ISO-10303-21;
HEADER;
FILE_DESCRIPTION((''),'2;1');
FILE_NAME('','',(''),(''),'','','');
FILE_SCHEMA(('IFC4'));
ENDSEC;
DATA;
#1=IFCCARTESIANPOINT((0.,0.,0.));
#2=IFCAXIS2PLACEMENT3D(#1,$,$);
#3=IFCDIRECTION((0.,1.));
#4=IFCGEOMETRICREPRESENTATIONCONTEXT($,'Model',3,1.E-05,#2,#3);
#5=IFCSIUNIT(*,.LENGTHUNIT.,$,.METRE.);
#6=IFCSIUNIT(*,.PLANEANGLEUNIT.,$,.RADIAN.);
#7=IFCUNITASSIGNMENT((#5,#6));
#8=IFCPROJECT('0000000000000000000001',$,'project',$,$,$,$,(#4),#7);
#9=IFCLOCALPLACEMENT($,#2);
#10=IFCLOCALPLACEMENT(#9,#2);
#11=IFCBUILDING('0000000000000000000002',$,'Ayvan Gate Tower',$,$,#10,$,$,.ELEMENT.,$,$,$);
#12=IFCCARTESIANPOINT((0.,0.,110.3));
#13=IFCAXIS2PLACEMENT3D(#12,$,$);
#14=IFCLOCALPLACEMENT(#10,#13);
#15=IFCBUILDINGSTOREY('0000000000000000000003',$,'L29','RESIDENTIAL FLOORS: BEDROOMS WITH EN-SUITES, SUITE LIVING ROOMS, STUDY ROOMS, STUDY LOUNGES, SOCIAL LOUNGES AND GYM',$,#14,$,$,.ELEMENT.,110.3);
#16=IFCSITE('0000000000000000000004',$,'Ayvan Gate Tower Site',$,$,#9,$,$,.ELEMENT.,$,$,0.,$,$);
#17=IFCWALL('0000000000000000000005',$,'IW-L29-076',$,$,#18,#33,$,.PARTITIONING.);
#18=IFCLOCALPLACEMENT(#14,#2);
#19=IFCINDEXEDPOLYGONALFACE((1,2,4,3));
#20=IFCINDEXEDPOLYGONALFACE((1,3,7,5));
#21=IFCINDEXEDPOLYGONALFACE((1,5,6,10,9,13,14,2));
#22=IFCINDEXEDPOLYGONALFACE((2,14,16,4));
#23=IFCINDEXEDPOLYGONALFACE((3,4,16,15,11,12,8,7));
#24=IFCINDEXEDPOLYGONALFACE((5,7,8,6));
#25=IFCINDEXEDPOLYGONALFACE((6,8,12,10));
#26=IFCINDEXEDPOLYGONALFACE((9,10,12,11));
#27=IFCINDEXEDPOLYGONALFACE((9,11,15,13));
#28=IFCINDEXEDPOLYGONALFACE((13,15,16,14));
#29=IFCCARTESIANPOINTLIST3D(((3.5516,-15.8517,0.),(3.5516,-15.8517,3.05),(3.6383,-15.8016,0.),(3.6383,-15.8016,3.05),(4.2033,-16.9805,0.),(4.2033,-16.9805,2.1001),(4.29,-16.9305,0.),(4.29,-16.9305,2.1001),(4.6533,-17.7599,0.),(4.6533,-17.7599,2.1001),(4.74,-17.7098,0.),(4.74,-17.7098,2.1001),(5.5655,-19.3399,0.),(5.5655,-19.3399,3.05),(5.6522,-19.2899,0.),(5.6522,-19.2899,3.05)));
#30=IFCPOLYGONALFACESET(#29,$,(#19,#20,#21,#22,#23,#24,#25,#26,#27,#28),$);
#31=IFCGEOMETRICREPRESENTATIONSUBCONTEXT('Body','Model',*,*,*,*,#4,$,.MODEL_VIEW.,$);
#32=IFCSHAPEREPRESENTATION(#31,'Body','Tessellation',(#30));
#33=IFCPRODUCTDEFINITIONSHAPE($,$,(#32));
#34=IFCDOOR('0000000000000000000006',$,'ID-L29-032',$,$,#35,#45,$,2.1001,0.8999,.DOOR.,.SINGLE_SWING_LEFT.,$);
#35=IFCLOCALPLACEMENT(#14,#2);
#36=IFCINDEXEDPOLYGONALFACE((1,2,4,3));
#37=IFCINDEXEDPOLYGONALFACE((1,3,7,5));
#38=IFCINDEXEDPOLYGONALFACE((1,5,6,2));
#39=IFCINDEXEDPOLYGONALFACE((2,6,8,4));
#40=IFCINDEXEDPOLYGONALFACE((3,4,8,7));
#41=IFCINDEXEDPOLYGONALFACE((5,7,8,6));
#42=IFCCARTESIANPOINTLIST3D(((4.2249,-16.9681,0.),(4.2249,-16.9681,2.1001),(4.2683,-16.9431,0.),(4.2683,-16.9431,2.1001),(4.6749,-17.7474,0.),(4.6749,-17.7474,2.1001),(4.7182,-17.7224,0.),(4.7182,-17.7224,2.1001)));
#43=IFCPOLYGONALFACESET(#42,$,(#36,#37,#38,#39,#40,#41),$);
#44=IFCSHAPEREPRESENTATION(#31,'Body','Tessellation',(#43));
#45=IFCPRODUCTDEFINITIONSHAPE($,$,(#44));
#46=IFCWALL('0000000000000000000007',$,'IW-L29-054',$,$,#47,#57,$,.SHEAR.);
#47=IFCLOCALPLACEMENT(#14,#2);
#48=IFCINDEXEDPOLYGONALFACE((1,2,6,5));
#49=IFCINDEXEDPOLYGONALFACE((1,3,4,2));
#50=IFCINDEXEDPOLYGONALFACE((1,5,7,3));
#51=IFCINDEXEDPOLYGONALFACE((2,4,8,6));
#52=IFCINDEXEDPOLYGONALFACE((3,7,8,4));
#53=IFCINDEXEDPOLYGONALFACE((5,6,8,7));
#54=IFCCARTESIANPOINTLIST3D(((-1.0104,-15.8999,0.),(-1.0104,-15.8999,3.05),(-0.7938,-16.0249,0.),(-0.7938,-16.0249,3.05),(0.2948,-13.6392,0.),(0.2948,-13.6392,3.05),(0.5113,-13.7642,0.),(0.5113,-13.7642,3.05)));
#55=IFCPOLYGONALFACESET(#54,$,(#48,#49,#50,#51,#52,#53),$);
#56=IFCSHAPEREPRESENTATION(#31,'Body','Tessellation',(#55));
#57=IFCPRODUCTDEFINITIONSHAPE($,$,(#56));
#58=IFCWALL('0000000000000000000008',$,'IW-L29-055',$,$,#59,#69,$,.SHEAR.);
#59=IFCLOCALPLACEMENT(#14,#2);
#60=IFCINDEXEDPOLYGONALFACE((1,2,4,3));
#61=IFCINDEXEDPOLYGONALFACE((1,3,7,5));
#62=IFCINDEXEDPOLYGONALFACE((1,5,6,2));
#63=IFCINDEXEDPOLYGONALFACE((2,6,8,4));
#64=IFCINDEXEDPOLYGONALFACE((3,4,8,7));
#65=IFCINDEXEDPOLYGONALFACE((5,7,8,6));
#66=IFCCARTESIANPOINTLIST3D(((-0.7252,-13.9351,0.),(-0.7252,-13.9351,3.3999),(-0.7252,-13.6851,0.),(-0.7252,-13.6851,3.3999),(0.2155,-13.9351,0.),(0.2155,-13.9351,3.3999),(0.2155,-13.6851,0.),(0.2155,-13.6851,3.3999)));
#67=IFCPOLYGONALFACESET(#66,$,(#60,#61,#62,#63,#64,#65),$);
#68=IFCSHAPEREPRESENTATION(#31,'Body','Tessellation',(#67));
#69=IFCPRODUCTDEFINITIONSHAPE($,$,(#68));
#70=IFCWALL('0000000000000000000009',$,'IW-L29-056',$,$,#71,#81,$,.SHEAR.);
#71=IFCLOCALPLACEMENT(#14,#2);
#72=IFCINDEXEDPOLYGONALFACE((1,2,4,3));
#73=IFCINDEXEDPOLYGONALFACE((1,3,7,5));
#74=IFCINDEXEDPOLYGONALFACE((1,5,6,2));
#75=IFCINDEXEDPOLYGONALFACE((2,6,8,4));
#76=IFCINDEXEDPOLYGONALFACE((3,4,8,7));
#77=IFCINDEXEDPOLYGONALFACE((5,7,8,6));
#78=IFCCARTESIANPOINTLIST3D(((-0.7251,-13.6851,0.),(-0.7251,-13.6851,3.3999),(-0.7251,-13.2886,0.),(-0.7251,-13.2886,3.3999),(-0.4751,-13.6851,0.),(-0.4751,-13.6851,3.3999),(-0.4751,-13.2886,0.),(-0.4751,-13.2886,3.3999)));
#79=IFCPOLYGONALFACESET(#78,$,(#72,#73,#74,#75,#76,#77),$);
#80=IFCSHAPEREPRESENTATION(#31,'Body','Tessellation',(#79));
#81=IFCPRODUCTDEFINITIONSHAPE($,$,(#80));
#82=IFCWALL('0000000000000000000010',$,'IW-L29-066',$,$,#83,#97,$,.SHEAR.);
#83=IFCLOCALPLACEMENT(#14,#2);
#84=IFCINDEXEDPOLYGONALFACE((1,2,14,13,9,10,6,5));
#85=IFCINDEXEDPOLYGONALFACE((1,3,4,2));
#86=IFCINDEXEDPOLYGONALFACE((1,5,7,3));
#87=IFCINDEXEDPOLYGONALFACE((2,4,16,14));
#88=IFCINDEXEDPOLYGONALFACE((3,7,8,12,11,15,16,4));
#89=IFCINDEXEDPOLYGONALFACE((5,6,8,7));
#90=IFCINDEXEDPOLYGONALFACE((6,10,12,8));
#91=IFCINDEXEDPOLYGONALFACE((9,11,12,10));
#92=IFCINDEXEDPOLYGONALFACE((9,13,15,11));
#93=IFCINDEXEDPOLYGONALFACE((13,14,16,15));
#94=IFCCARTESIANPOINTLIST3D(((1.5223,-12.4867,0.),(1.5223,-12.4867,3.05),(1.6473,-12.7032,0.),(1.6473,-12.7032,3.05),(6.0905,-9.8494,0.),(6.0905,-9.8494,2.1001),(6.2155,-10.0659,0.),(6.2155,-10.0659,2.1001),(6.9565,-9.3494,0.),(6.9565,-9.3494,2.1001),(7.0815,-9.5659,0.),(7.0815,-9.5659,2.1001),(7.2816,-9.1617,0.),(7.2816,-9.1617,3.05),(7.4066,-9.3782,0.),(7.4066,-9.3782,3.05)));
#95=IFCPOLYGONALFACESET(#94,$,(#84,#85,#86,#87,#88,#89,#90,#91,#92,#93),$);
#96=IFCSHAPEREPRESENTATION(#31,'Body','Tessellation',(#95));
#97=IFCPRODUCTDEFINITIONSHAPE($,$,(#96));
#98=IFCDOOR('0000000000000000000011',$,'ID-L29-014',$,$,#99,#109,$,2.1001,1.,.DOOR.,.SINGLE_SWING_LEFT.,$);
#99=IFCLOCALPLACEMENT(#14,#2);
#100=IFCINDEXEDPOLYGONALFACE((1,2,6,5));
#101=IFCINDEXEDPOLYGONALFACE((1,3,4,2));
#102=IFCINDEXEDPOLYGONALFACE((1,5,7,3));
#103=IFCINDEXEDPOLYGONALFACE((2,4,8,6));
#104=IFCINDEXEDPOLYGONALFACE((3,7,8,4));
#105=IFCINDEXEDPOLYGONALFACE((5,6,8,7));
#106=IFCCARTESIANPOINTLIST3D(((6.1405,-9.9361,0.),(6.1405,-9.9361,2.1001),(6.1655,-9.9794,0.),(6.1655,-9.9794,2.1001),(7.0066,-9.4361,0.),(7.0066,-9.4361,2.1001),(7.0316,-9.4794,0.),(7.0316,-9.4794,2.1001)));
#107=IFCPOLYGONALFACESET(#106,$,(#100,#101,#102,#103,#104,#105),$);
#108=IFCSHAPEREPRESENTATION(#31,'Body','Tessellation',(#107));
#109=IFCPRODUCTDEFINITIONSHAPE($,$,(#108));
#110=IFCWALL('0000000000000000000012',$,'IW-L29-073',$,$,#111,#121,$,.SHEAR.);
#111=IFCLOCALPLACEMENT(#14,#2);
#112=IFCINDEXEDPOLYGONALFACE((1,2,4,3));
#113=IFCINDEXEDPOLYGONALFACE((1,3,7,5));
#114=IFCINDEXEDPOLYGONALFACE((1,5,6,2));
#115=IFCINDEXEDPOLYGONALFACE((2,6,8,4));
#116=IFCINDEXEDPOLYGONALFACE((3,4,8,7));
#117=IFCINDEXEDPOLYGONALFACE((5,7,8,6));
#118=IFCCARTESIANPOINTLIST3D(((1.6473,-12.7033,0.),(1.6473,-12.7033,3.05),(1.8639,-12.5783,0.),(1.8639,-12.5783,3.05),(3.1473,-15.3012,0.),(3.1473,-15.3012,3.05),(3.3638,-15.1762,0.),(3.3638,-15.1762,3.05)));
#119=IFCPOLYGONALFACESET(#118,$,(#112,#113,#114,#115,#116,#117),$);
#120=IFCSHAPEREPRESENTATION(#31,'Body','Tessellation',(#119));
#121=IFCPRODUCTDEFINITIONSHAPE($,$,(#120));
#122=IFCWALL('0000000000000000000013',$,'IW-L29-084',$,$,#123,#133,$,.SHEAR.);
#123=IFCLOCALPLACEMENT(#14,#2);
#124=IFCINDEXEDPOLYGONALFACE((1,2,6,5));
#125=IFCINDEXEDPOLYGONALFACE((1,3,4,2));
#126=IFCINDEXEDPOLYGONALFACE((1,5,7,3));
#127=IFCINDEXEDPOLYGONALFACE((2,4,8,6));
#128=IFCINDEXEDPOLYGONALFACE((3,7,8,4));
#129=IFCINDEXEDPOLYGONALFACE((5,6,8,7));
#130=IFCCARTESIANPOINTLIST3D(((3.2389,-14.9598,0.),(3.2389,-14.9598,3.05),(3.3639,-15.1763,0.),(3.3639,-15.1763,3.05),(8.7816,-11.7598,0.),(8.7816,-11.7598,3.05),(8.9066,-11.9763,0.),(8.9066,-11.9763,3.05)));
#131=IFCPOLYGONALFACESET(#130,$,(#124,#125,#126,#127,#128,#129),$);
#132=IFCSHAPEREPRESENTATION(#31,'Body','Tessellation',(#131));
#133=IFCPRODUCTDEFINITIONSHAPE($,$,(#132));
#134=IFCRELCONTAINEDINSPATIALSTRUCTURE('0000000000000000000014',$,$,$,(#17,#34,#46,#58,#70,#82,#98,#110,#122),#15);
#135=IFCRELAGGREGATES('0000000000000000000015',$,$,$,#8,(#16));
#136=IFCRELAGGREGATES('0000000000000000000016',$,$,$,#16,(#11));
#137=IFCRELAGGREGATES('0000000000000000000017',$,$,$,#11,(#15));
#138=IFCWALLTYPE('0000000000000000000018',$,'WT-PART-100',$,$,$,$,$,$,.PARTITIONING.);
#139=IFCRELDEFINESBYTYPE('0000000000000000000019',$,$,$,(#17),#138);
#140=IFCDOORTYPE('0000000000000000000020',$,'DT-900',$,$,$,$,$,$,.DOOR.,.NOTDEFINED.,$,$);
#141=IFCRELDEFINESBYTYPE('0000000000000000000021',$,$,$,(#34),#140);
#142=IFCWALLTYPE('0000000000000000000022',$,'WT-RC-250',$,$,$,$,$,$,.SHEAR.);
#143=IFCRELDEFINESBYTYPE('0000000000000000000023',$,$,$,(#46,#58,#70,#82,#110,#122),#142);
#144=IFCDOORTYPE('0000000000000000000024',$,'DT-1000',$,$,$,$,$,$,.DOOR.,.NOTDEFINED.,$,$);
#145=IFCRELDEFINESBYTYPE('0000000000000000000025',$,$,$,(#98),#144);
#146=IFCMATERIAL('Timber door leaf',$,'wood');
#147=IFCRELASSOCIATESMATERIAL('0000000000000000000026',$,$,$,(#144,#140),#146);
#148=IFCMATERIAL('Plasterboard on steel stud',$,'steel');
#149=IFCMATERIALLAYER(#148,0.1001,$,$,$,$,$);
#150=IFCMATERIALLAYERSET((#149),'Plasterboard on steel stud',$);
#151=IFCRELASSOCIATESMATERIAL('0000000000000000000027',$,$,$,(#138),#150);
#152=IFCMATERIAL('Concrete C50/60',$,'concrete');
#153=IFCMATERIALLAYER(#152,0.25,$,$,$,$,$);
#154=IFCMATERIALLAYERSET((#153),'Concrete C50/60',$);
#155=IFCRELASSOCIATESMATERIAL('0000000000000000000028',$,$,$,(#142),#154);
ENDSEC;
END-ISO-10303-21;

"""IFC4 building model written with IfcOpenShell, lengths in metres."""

from ifc_helpers import new_model, si_unit, direction, frame, frame_2d, origin, place, context, subcontext, project, spatial, rectangle, extrude, material, layer, layer_set, type_object, element, fill, save


model = new_model("IFC4")

# Units and contexts
model_context = context("Model", 3, precision=1e-05, world=origin(), true_north=direction((0.0, 1.0)))
body_context = subcontext(model_context, "Body", "Model", "MODEL_VIEW")
ifc_project = project(units=[si_unit("LENGTHUNIT", "METRE"), si_unit("PLANEANGLEUNIT", "RADIAN")], contexts=[model_context])

# Site, building, storey
site_placement = place(None, origin())
site = spatial("IfcSite", under=ifc_project, at=site_placement, Name="Ayvan Gate Tower Site", CompositionType="ELEMENT", RefElevation=0.0)
building_placement = place(site_placement, origin())
building = spatial("IfcBuilding", under=site, at=building_placement, Name="Ayvan Gate Tower", CompositionType="ELEMENT")
storey_placement = place(building_placement, frame((0.0, 0.0, 110.3)))
storey = spatial("IfcBuildingStorey", under=building, at=storey_placement, Name="L29", Description="RESIDENTIAL FLOORS: BEDROOMS WITH EN-SUITES, SUITE LIVING ROOMS, STUDY ROOMS, STUDY LOUNGES, SOCIAL LOUNGES AND GYM", CompositionType="ELEMENT", Elevation=110.3)

# Shared definitions
ifc_material_1 = material(Name="Plasterboard on steel stud", Category="steel")

# Wall, opening, door
ifc_material_2 = material(Name="Timber door leaf", Category="wood")
door_type_1 = type_object("IfcDoorType", Name="DT-1000", OperationType="NOTDEFINED", PredefinedType="DOOR", material=ifc_material_2)
ifc_layer_1 = layer(ifc_material_1, 0.1001)
ifc_layer_set_1 = layer_set([ifc_layer_1], Name="Plasterboard on steel stud")
wall_type_1 = type_object("IfcWallType", Name="WT-PART-100", PredefinedType="PARTITIONING", material=ifc_layer_set_1)
wall_1_placement = place(storey_placement, frame((3.595, -15.8267, 0.0), z_axis=(0.0, 0.0, 1.0), x_axis=(0.499992, -0.86603, 0.0)))
wall_1 = element("IfcWall", 1, at=wall_1_placement, inside=storey, type_object=wall_type_1, Name="IW-L29-076", PredefinedType="PARTITIONING", context=body_context, shape_type="SweptSolid", body=[
    extrude(rectangle(XDim=4.0278, YDim=0.1001, at=frame_2d((2.0139, 0.0))), origin(), (0.0, 0.0, 1.0), 3.05),
])
opening_1_placement = place(wall_1_placement, frame((1.3035, 0.0, 0.0)))
opening_1 = element("IfcOpeningElement", 2, at=opening_1_placement, cuts=wall_1, PredefinedType="OPENING", context=body_context, shape_type="SweptSolid", body=[
    extrude(rectangle(XDim=0.8999, YDim=2.1001, at=frame_2d((0.45, 1.05))), frame((0.0, 0.0601, 0.0), z_axis=(0.0, -1.0, 0.0), x_axis=(1.0, 0.0, 0.0)), (0.0, 0.0, 1.0), 0.1201),
])
door_type_2 = type_object("IfcDoorType", Name="DT-900", OperationType="NOTDEFINED", PredefinedType="DOOR", material=ifc_material_2)
door_1_placement = place(opening_1_placement, origin())
door_1 = element("IfcDoor", 3, at=door_1_placement, inside=storey, type_object=door_type_2, Name="ID-L29-032", OperationType="SINGLE_SWING_LEFT", OverallHeight=2.1001, OverallWidth=0.8999, PredefinedType="DOOR", context=body_context, shape_type="SweptSolid", body=[
    extrude(rectangle(XDim=0.8999, YDim=2.1001, at=frame_2d((0.45, 1.05))), frame((0.0, 0.0249, 0.0), z_axis=(0.0, -1.0, 0.0), x_axis=(1.0, 0.0, 0.0)), (0.0, 0.0, 1.0), 0.05),
])
fill(opening_1, door_1)

# Walls
ifc_material_3 = material(Name="Concrete C50/60", Category="concrete")
ifc_layer_2 = layer(ifc_material_3, 0.25)
ifc_layer_set_2 = layer_set([ifc_layer_2], Name="Concrete C50/60")
wall_type_2 = type_object("IfcWallType", Name="WT-RC-250", PredefinedType="SHEAR", material=ifc_layer_set_2)
wall_2_placement = place(storey_placement, frame((-0.9021, -15.9624, 0.0), z_axis=(0.0, 0.0, 1.0), x_axis=(0.499982, 0.866036, 0.0)))
element("IfcWall", 4, at=wall_2_placement, inside=storey, type_object=wall_type_2, Name="IW-L29-054", PredefinedType="SHEAR", context=body_context, shape_type="SweptSolid", body=[
    extrude(rectangle(XDim=2.6104, YDim=0.25, at=frame_2d((1.3052, 0.0))), origin(), (0.0, 0.0, 1.0), 3.05),
])
wall_3_placement = place(storey_placement, frame((-0.7251, -13.8101, 0.0), z_axis=(0.0, 0.0, 1.0), x_axis=(1.0, 0.0, 0.0)))
element("IfcWall", 5, at=wall_3_placement, inside=storey, type_object=wall_type_2, Name="IW-L29-055", PredefinedType="SHEAR", context=body_context, shape_type="SweptSolid", body=[
    extrude(rectangle(XDim=0.9407, YDim=0.25, at=frame_2d((0.4702, 0.0))), origin(), (0.0, 0.0, 1.0), 3.3999),
])
wall_4_placement = place(storey_placement, frame((-0.6001, -13.2886, 0.0), z_axis=(0.0, 0.0, 1.0), x_axis=(0.0, -1.0, 0.0)))
element("IfcWall", 6, at=wall_4_placement, inside=storey, type_object=wall_type_2, Name="IW-L29-056", PredefinedType="SHEAR", context=body_context, shape_type="SweptSolid", body=[
    extrude(rectangle(XDim=0.3965, YDim=0.25, at=frame_2d((0.1982, 0.0))), origin(), (0.0, 0.0, 1.0), 3.3999),
])

# Wall, opening, door
wall_5_placement = place(storey_placement, frame((1.5847, -12.595, 0.0), z_axis=(0.0, 0.0, 1.0), x_axis=(0.866036, 0.499981, 0.0)))
wall_5 = element("IfcWall", 7, at=wall_5_placement, inside=storey, type_object=wall_type_2, Name="IW-L29-066", PredefinedType="SHEAR", context=body_context, shape_type="SweptSolid", body=[
    extrude(rectangle(XDim=6.6501, YDim=0.25, at=frame_2d((3.3252, 0.0))), origin(), (0.0, 0.0, 1.0), 3.05),
])
opening_2_placement = place(wall_5_placement, frame((5.2749, 0.0, 0.0)))
opening_2 = element("IfcOpeningElement", 8, at=opening_2_placement, cuts=wall_5, PredefinedType="OPENING", context=body_context, shape_type="SweptSolid", body=[
    extrude(rectangle(XDim=1.0, YDim=2.1001, at=frame_2d((0.5, 1.05))), frame((0.0, 0.135, 0.0), z_axis=(0.0, -1.0, 0.0), x_axis=(1.0, 0.0, 0.0)), (0.0, 0.0, 1.0), 0.27),
])
door_2_placement = place(opening_2_placement, origin())
door_2 = element("IfcDoor", 9, at=door_2_placement, inside=storey, type_object=door_type_1, Name="ID-L29-014", OperationType="SINGLE_SWING_LEFT", OverallHeight=2.1001, OverallWidth=1.0, PredefinedType="DOOR", context=body_context, shape_type="SweptSolid", body=[
    extrude(rectangle(XDim=1.0, YDim=2.1001, at=frame_2d((0.5, 1.05))), frame((0.0, 0.0249, 0.0), z_axis=(0.0, -1.0, 0.0), x_axis=(1.0, 0.0, 0.0)), (0.0, 0.0, 1.0), 0.05),
])
fill(opening_2, door_2)

# Walls
wall_6_placement = place(storey_placement, frame((3.2556, -15.2388, 0.0), z_axis=(0.0, 0.0, 1.0), x_axis=(-0.500025, 0.866011, 0.0)))
element("IfcWall", 10, at=wall_6_placement, inside=storey, type_object=wall_type_2, Name="IW-L29-073", PredefinedType="SHEAR", context=body_context, shape_type="SweptSolid", body=[
    extrude(rectangle(XDim=2.9998, YDim=0.25, at=frame_2d((1.5, 0.0))), origin(), (0.0, 0.0, 1.0), 3.05),
])
wall_7_placement = place(storey_placement, frame((3.3013, -15.0681, 0.0), z_axis=(0.0, 0.0, 1.0), x_axis=(0.866035, 0.499983, 0.0)))
element("IfcWall", 11, at=wall_7_placement, inside=storey, type_object=wall_type_2, Name="IW-L29-084", PredefinedType="SHEAR", context=body_context, shape_type="SweptSolid", body=[
    extrude(rectangle(XDim=6.4001, YDim=0.25, at=frame_2d((3.2002, 0.0))), origin(), (0.0, 0.0, 1.0), 3.05),
])

save(model, "model.ifc")
